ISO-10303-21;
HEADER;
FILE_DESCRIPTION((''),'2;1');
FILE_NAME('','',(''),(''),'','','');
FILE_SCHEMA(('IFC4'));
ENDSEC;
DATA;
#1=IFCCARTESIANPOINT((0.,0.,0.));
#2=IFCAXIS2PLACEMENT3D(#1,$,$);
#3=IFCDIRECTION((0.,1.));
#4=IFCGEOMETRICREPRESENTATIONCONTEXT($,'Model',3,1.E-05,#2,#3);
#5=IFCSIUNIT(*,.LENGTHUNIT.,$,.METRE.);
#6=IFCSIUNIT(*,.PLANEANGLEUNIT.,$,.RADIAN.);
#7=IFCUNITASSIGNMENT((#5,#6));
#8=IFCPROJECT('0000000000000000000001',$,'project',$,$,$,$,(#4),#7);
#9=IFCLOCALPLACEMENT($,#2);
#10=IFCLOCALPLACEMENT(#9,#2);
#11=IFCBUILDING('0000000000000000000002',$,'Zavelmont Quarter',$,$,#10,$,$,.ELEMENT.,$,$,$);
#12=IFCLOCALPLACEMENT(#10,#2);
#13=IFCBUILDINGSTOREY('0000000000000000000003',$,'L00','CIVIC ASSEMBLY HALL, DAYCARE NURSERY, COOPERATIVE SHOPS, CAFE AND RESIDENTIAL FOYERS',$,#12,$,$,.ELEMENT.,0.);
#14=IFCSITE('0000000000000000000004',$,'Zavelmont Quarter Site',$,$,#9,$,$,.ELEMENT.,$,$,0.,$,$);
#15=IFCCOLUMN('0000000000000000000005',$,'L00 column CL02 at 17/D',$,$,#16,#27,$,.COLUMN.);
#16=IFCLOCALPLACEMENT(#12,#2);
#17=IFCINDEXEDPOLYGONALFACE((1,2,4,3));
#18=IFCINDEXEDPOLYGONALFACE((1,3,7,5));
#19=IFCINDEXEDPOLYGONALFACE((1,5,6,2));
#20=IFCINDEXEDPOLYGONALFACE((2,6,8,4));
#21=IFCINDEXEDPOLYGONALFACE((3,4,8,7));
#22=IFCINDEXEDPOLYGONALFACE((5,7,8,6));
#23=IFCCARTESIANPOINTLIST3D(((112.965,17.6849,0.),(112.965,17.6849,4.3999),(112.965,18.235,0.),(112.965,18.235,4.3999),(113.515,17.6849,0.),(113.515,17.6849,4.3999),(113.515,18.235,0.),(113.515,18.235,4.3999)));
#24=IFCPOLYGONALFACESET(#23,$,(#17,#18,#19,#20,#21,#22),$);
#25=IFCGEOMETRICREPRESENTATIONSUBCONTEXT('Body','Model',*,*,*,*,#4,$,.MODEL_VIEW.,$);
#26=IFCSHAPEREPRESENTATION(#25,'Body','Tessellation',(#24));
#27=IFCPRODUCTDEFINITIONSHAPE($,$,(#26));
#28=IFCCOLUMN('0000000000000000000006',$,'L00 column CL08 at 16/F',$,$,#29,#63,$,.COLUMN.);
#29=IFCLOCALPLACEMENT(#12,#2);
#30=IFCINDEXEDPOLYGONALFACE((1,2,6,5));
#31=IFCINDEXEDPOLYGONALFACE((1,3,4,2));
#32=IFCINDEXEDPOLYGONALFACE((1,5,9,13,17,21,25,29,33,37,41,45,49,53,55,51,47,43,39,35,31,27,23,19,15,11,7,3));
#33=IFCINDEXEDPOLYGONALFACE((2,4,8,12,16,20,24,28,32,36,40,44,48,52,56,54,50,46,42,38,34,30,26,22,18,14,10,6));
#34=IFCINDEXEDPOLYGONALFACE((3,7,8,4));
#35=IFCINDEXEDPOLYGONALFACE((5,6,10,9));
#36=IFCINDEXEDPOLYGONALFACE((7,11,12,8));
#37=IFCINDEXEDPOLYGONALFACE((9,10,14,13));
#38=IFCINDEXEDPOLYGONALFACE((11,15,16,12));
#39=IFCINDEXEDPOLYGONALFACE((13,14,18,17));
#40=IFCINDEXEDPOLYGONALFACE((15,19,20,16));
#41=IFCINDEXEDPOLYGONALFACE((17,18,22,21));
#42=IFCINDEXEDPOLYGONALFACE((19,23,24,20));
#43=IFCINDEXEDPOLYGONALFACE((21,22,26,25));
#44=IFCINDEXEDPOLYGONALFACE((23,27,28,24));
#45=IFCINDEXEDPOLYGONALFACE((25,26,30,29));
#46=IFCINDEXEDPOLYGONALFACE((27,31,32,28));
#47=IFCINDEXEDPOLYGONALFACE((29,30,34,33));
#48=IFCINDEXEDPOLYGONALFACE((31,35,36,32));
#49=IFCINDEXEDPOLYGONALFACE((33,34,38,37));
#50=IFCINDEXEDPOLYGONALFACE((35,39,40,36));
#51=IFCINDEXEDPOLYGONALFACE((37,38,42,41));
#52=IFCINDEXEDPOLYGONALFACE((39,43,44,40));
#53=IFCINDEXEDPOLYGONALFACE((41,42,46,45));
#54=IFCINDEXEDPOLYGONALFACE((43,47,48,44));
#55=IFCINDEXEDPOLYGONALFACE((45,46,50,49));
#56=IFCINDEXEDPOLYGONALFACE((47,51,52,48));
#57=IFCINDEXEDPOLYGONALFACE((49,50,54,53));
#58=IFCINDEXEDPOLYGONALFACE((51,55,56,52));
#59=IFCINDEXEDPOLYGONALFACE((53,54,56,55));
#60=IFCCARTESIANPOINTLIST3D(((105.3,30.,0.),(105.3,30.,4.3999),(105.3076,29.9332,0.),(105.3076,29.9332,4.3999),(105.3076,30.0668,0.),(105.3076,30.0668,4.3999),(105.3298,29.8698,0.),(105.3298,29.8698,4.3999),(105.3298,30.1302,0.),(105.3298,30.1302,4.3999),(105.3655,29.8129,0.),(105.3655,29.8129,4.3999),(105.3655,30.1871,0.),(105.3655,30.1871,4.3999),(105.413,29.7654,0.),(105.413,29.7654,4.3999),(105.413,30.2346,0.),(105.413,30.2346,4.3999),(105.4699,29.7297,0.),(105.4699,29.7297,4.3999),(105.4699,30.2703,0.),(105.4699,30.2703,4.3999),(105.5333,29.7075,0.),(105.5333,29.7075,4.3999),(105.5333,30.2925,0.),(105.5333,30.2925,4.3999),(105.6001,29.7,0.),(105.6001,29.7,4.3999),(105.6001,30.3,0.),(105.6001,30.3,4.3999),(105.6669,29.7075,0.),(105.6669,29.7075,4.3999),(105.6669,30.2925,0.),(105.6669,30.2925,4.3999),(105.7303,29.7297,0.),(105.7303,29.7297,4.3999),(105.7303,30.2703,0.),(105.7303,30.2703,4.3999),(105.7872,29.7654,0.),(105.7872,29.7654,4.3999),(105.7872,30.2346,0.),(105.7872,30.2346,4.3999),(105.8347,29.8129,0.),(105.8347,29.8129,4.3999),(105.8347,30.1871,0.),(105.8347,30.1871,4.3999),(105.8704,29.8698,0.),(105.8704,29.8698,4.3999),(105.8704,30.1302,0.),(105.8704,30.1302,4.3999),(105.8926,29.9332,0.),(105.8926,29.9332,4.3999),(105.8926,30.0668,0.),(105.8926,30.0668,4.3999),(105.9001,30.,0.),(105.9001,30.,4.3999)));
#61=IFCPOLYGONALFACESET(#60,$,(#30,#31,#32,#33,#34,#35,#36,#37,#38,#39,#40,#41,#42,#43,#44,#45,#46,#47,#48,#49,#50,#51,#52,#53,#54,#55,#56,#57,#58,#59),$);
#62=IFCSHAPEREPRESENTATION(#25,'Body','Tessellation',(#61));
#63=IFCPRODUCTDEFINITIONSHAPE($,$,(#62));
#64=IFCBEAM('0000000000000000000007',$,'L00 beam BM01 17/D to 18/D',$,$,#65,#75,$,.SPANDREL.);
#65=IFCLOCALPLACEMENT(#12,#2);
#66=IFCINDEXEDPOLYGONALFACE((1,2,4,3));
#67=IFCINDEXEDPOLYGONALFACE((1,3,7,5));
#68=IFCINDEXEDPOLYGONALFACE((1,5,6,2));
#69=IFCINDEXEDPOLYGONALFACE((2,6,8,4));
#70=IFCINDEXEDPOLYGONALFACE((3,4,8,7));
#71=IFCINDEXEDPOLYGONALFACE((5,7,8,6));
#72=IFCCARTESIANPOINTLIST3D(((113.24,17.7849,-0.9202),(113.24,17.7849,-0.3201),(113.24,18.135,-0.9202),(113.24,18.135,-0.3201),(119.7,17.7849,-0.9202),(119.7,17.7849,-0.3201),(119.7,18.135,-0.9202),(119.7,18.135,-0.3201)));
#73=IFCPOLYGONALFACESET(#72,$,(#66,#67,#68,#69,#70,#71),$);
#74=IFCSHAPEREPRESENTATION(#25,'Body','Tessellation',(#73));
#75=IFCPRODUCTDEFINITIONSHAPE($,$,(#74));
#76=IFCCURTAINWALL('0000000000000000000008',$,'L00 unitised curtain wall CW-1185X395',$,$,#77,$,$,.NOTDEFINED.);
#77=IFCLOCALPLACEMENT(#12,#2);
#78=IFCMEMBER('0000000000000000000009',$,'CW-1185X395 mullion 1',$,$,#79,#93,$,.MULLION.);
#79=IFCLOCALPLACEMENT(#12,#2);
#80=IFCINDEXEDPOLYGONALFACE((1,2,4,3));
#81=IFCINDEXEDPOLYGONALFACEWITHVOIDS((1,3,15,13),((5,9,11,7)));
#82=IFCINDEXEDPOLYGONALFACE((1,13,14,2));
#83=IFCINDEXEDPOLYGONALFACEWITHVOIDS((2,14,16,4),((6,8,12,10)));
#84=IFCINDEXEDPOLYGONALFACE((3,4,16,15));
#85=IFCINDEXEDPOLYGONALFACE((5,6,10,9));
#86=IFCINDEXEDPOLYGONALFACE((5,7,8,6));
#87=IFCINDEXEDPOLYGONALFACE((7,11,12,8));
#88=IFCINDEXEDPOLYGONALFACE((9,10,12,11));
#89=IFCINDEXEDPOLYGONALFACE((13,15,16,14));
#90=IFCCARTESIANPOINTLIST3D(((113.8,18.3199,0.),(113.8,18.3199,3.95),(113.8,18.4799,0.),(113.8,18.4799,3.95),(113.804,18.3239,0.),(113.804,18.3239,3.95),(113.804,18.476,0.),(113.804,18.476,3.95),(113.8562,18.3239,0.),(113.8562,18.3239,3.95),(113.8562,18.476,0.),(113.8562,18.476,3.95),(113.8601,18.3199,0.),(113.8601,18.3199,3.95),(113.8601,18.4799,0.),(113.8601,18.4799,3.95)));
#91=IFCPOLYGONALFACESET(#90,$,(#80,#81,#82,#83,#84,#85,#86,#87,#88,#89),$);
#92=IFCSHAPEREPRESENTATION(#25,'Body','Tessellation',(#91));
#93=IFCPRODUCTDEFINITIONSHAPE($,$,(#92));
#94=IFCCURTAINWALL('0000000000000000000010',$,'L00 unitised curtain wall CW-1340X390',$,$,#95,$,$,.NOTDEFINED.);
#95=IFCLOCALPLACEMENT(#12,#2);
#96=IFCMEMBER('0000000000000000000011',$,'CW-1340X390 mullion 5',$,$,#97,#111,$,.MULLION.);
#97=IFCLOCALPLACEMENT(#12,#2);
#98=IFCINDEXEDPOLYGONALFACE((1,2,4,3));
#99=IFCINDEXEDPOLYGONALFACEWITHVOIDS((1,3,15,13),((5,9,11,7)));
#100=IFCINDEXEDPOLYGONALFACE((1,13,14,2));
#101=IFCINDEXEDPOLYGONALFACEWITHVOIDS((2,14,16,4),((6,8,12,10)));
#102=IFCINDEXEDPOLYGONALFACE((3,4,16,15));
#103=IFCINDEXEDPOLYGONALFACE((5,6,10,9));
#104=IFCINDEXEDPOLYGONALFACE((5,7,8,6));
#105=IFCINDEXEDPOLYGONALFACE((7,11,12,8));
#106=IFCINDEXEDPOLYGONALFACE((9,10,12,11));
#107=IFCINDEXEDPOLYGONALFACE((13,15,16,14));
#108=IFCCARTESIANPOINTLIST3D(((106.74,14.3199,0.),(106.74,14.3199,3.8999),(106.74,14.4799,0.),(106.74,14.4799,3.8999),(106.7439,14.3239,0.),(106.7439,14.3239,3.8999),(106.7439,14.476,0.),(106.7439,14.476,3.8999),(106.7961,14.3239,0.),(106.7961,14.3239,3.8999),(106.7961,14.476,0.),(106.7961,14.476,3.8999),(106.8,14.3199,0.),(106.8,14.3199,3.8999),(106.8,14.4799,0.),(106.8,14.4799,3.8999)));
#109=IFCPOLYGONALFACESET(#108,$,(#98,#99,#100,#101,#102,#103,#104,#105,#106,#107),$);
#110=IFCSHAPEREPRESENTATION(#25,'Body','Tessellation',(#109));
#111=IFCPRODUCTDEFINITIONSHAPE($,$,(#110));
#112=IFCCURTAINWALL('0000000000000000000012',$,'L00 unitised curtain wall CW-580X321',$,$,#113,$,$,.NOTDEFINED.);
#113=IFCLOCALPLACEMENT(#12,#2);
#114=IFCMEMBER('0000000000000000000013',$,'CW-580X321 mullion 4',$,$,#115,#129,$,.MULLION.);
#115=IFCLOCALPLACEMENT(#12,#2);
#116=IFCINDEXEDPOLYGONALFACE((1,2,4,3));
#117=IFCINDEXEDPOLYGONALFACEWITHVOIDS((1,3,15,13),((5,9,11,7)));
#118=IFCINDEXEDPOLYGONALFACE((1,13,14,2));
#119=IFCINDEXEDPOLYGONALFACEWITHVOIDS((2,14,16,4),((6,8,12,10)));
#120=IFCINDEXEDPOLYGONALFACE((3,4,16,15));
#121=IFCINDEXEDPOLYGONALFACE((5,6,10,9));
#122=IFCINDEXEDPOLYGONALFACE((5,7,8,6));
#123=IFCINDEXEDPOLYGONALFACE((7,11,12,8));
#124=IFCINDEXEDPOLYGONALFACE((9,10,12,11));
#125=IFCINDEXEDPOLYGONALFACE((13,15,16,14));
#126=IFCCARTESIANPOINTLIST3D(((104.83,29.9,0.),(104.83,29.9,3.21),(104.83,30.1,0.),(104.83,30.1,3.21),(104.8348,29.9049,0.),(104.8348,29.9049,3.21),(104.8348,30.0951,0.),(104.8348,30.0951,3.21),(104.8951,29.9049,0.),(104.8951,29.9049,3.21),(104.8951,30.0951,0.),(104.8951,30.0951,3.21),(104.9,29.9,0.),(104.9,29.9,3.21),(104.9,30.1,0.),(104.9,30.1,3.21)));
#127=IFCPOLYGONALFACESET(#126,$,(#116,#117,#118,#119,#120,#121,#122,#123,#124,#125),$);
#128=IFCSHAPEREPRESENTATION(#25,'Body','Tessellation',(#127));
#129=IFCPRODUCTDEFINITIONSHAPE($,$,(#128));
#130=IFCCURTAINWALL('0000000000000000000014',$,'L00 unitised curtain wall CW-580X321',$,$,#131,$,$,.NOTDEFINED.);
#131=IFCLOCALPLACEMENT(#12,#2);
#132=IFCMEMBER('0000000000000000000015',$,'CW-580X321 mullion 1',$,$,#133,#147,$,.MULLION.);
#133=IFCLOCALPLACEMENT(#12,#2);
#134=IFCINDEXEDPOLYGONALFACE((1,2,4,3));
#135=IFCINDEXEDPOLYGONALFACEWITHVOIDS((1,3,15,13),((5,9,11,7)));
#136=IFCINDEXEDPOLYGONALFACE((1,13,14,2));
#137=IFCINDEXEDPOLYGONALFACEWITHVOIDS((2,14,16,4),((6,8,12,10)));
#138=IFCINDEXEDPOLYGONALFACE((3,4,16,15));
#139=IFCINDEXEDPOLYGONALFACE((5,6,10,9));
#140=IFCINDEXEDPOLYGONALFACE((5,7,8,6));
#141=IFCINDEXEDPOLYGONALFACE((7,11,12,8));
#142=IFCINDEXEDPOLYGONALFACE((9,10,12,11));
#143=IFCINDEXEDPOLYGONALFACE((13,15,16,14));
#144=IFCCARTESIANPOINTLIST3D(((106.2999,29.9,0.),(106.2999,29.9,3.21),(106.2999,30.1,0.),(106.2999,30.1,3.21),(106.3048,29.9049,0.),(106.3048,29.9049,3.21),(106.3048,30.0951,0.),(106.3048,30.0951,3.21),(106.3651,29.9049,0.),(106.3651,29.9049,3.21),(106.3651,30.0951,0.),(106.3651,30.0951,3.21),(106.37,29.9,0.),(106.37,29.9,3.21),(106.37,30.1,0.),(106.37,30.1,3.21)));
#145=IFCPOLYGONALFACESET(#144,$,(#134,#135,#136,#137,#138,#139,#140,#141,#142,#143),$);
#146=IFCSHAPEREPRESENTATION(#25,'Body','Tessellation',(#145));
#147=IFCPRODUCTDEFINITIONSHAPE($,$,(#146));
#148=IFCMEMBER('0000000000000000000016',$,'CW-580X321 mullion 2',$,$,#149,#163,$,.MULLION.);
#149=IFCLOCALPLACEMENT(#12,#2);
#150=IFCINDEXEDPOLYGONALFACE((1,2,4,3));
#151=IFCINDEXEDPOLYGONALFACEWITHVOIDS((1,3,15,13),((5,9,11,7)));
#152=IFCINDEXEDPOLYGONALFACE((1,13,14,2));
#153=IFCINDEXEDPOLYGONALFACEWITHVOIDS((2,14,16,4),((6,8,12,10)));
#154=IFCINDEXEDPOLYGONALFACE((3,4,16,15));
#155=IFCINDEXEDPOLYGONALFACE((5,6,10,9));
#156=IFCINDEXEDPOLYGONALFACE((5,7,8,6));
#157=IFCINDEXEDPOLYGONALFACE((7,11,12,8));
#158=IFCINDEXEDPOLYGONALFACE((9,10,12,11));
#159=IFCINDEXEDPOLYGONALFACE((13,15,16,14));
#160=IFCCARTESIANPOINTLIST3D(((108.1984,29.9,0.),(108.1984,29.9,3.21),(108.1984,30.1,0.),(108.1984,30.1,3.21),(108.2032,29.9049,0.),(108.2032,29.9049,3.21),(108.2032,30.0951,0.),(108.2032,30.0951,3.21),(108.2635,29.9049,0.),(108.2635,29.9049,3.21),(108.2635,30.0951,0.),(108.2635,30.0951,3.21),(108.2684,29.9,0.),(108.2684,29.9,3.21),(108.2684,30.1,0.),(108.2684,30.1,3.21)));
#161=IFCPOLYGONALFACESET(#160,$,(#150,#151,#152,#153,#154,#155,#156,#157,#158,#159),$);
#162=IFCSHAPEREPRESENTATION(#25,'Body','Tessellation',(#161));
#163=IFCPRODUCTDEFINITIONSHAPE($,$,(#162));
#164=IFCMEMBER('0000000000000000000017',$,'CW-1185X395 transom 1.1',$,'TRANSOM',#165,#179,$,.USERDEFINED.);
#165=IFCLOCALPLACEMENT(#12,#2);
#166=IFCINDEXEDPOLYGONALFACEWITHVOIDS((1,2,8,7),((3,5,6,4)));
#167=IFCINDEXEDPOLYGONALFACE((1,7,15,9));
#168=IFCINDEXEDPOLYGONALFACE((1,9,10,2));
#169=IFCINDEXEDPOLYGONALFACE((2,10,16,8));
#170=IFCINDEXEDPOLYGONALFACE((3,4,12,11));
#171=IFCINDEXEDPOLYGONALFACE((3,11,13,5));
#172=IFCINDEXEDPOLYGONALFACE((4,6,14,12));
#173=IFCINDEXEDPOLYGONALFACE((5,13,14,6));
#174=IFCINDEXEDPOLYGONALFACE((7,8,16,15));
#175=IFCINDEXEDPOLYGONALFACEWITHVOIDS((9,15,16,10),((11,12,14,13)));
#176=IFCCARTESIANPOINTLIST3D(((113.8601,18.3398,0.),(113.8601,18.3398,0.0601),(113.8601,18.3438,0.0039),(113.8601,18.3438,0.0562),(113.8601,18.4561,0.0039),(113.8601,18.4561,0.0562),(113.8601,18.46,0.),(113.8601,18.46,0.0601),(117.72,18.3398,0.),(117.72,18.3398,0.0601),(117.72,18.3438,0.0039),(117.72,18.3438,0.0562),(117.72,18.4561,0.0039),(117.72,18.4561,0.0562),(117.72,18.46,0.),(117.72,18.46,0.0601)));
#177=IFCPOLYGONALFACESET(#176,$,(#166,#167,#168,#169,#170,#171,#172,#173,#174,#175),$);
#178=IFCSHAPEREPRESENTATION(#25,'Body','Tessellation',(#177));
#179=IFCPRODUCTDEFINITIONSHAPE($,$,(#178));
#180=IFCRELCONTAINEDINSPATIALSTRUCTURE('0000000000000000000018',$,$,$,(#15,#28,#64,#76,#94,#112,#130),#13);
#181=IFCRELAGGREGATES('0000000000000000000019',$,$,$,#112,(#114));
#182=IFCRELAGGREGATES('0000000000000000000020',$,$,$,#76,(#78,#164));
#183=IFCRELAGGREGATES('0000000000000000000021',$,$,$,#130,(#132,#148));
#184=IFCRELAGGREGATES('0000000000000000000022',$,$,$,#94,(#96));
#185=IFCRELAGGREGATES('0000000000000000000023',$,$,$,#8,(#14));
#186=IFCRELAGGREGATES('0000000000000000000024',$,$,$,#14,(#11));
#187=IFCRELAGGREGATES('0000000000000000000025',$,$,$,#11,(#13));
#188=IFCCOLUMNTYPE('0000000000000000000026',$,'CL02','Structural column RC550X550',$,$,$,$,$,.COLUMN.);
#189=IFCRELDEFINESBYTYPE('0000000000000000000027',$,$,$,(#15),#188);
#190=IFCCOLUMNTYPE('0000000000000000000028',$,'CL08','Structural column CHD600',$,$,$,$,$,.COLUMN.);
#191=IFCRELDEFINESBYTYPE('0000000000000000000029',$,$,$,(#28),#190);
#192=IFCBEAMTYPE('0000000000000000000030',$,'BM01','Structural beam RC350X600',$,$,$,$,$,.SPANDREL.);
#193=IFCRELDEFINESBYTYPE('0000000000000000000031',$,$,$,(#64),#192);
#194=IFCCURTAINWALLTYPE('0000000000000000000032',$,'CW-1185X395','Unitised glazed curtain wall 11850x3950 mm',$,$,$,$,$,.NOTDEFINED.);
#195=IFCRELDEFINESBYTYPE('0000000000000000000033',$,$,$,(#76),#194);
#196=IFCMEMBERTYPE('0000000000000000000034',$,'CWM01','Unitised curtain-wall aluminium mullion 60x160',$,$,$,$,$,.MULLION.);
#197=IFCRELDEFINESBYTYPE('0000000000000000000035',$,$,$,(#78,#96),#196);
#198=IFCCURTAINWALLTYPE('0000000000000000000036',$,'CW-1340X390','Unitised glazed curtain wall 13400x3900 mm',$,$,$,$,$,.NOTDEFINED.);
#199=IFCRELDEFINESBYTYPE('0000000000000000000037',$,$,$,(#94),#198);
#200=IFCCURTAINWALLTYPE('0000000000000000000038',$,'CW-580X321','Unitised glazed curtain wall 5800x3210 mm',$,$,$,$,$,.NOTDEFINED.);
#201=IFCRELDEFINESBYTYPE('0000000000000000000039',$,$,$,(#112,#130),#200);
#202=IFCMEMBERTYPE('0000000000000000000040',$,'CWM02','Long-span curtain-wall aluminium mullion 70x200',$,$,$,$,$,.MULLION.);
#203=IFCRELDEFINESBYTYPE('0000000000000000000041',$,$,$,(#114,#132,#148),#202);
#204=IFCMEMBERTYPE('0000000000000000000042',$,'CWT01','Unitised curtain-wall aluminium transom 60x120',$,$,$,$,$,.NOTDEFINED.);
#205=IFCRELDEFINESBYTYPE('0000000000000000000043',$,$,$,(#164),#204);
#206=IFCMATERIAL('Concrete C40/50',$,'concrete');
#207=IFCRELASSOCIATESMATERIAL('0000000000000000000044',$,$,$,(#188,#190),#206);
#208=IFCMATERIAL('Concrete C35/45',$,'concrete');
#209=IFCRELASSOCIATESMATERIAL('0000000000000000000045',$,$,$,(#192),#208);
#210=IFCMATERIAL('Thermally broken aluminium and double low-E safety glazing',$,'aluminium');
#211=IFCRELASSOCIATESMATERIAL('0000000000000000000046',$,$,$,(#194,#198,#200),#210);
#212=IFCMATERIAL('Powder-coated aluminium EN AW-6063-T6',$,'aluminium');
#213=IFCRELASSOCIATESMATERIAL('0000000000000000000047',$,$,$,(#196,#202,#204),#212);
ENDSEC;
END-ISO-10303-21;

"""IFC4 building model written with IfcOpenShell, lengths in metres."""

from ifc_helpers import new_model, si_unit, direction, frame, origin, origin_2d, place, context, subcontext, project, spatial, rectangle, hollow_rectangle, circle, extrude, material, material_profile, profile_set, type_object, element, aggregate, save


model = new_model("IFC4")

# Units and contexts
model_context = context("Model", 3, precision=1e-05, world=origin(), true_north=direction((0.0, 1.0)))
body_context = subcontext(model_context, "Body", "Model", "MODEL_VIEW")
ifc_project = project(units=[si_unit("LENGTHUNIT", "METRE"), si_unit("PLANEANGLEUNIT", "RADIAN")], contexts=[model_context])

# Site, building, storey
site_placement = place(None, origin())
site = spatial("IfcSite", under=ifc_project, at=site_placement, Name="Zavelmont Quarter Site", CompositionType="ELEMENT", RefElevation=0.0)
building_placement = place(site_placement, origin())
building = spatial("IfcBuilding", under=site, at=building_placement, Name="Zavelmont Quarter", CompositionType="ELEMENT")
storey_placement = place(building_placement, origin())
storey = spatial("IfcBuildingStorey", under=building, at=storey_placement, Name="L00", Description="CIVIC ASSEMBLY HALL, DAYCARE NURSERY, COOPERATIVE SHOPS, CAFE AND RESIDENTIAL FOYERS", CompositionType="ELEMENT", Elevation=0.0)

# Columns
ifc_material_1 = material(Name="Concrete C40/50", Category="concrete")
ifc_material_profile_1 = material_profile(ifc_material_1, rectangle(XDim=0.55, YDim=0.55, at=origin_2d()), Name="RC550X550")
ifc_profile_set_1 = profile_set([ifc_material_profile_1], Name="Concrete C40/50")
column_type_1 = type_object("IfcColumnType", Name="CL02", Description="Structural column RC550X550", PredefinedType="COLUMN", material=ifc_profile_set_1)
column_1_placement = place(storey_placement, frame((113.24, 17.96, 0.0), z_axis=(0.0, 0.0, 1.0), x_axis=(1.0, 0.0, 0.0)))
element("IfcColumn", 1, at=column_1_placement, inside=storey, type_object=column_type_1, Name="L00 column CL02 at 17/D", PredefinedType="COLUMN", context=body_context, shape_type="SweptSolid", body=[
    extrude(rectangle(XDim=0.55, YDim=0.55, at=origin_2d()), origin(), (0.0, 0.0, 1.0), 4.3999),
])
ifc_material_profile_2 = material_profile(ifc_material_1, circle(Radius=0.3, at=origin_2d()), Name="CHD600")
ifc_profile_set_2 = profile_set([ifc_material_profile_2], Name="Concrete C40/50")
column_type_2 = type_object("IfcColumnType", Name="CL08", Description="Structural column CHD600", PredefinedType="COLUMN", material=ifc_profile_set_2)
column_2_placement = place(storey_placement, frame((105.6001, 30.0, 0.0), z_axis=(0.0, 0.0, 1.0), x_axis=(1.0, 0.0, 0.0)))
element("IfcColumn", 2, at=column_2_placement, inside=storey, type_object=column_type_2, Name="L00 column CL08 at 16/F", PredefinedType="COLUMN", context=body_context, shape_type="SweptSolid", body=[
    extrude(circle(Radius=0.3, at=origin_2d()), origin(), (0.0, 0.0, 1.0), 4.3999),
])

# Beam
ifc_material_2 = material(Name="Concrete C35/45", Category="concrete")
ifc_material_profile_3 = material_profile(ifc_material_2, rectangle(XDim=0.3501, YDim=0.6001, at=origin_2d()), Name="RC350X600")
ifc_profile_set_3 = profile_set([ifc_material_profile_3], Name="Concrete C35/45")
beam_type = type_object("IfcBeamType", Name="BM01", Description="Structural beam RC350X600", PredefinedType="SPANDREL", material=ifc_profile_set_3)
beam_placement = place(storey_placement, frame((113.24, 17.96, -0.6201), z_axis=(1.0, 0.0, 0.0), x_axis=(0.0, 1.0, 0.0)))
element("IfcBeam", 3, at=beam_placement, inside=storey, type_object=beam_type, Name="L00 beam BM01 17/D to 18/D", PredefinedType="SPANDREL", context=body_context, shape_type="SweptSolid", body=[
    extrude(rectangle(XDim=0.3501, YDim=0.6001, at=origin_2d()), origin(), (0.0, 0.0, 1.0), 6.46),
])

# Curtain walls, members
ifc_material_3 = material(Name="Thermally broken aluminium and double low-E safety glazing", Category="aluminium")
curtain_wall_type_1 = type_object("IfcCurtainWallType", Name="CW-1185X395", Description="Unitised glazed curtain wall 11850x3950 mm", PredefinedType="NOTDEFINED", material=ifc_material_3)
curtain_wall_1_placement = place(storey_placement, origin())
curtain_wall_1 = element("IfcCurtainWall", 4, at=curtain_wall_1_placement, inside=storey, type_object=curtain_wall_type_1, Name="L00 unitised curtain wall CW-1185X395", PredefinedType="NOTDEFINED")
ifc_material_4 = material(Name="Powder-coated aluminium EN AW-6063-T6", Category="aluminium")
ifc_material_profile_4 = material_profile(ifc_material_4, hollow_rectangle(XDim=0.0601, YDim=0.1599, WallThickness=0.0039, at=origin_2d()), Name="CWM60X160")
ifc_profile_set_4 = profile_set([ifc_material_profile_4], Name="Powder-coated aluminium EN AW-6063-T6")
member_type_1 = type_object("IfcMemberType", Name="CWM01", Description="Unitised curtain-wall aluminium mullion 60x160", PredefinedType="MULLION", material=ifc_profile_set_4)
member_1_placement = place(storey_placement, frame((113.8301, 18.3999, 0.0), z_axis=(0.0, 0.0, 1.0), x_axis=(1.0, 0.0, 0.0)))
member_1 = element("IfcMember", 5, at=member_1_placement, type_object=member_type_1, Name="CW-1185X395 mullion 1", PredefinedType="MULLION", context=body_context, shape_type="SweptSolid", body=[
    extrude(hollow_rectangle(XDim=0.0601, YDim=0.1599, WallThickness=0.0039, at=origin_2d()), origin(), (0.0, 0.0, 1.0), 3.95),
])
curtain_wall_type_2 = type_object("IfcCurtainWallType", Name="CW-1340X390", Description="Unitised glazed curtain wall 13400x3900 mm", PredefinedType="NOTDEFINED", material=ifc_material_3)
curtain_wall_2_placement = place(storey_placement, origin())
curtain_wall_2 = element("IfcCurtainWall", 6, at=curtain_wall_2_placement, inside=storey, type_object=curtain_wall_type_2, Name="L00 unitised curtain wall CW-1340X390", PredefinedType="NOTDEFINED")
member_2_placement = place(storey_placement, frame((106.77, 14.3999, 0.0), z_axis=(0.0, 0.0, 1.0), x_axis=(1.0, 0.0, 0.0)))
member_2 = element("IfcMember", 7, at=member_2_placement, type_object=member_type_1, Name="CW-1340X390 mullion 5", PredefinedType="MULLION", context=body_context, shape_type="SweptSolid", body=[
    extrude(hollow_rectangle(XDim=0.0601, YDim=0.1599, WallThickness=0.0039, at=origin_2d()), origin(), (0.0, 0.0, 1.0), 3.8999),
])
curtain_wall_type_3 = type_object("IfcCurtainWallType", Name="CW-580X321", Description="Unitised glazed curtain wall 5800x3210 mm", PredefinedType="NOTDEFINED", material=ifc_material_3)
curtain_wall_3_placement = place(storey_placement, origin())
curtain_wall_3 = element("IfcCurtainWall", 8, at=curtain_wall_3_placement, inside=storey, type_object=curtain_wall_type_3, Name="L00 unitised curtain wall CW-580X321", PredefinedType="NOTDEFINED")
ifc_material_profile_5 = material_profile(ifc_material_4, hollow_rectangle(XDim=0.0701, YDim=0.2, WallThickness=0.0049, at=origin_2d()), Name="CWM70X200")
ifc_profile_set_5 = profile_set([ifc_material_profile_5], Name="Powder-coated aluminium EN AW-6063-T6")
member_type_2 = type_object("IfcMemberType", Name="CWM02", Description="Long-span curtain-wall aluminium mullion 70x200", PredefinedType="MULLION", material=ifc_profile_set_5)
member_3_placement = place(storey_placement, frame((104.865, 30.0, 0.0), z_axis=(0.0, 0.0, 1.0), x_axis=(1.0, 0.0, 0.0)))
member_3 = element("IfcMember", 9, at=member_3_placement, type_object=member_type_2, Name="CW-580X321 mullion 4", PredefinedType="MULLION", context=body_context, shape_type="SweptSolid", body=[
    extrude(hollow_rectangle(XDim=0.0701, YDim=0.2, WallThickness=0.0049, at=origin_2d()), origin(), (0.0, 0.0, 1.0), 3.21),
])
aggregate(curtain_wall_3, [member_3])

# Curtain wall, members
curtain_wall_4_placement = place(storey_placement, origin())
curtain_wall_4 = element("IfcCurtainWall", 10, at=curtain_wall_4_placement, inside=storey, type_object=curtain_wall_type_3, Name="L00 unitised curtain wall CW-580X321", PredefinedType="NOTDEFINED")
member_4_placement = place(storey_placement, frame((106.335, 30.0, 0.0), z_axis=(0.0, 0.0, 1.0), x_axis=(1.0, 0.0, 0.0)))
member_4 = element("IfcMember", 11, at=member_4_placement, type_object=member_type_2, Name="CW-580X321 mullion 1", PredefinedType="MULLION", context=body_context, shape_type="SweptSolid", body=[
    extrude(hollow_rectangle(XDim=0.0701, YDim=0.2, WallThickness=0.0049, at=origin_2d()), origin(), (0.0, 0.0, 1.0), 3.21),
])
member_5_placement = place(storey_placement, frame((108.2334, 30.0, 0.0), z_axis=(0.0, 0.0, 1.0), x_axis=(1.0, 0.0, 0.0)))
member_5 = element("IfcMember", 12, at=member_5_placement, type_object=member_type_2, Name="CW-580X321 mullion 2", PredefinedType="MULLION", context=body_context, shape_type="SweptSolid", body=[
    extrude(hollow_rectangle(XDim=0.0701, YDim=0.2, WallThickness=0.0049, at=origin_2d()), origin(), (0.0, 0.0, 1.0), 3.21),
])

# Member
ifc_material_profile_6 = material_profile(ifc_material_4, hollow_rectangle(XDim=0.1201, YDim=0.0601, WallThickness=0.0039, at=origin_2d()), Name="CWT60X120")
ifc_profile_set_6 = profile_set([ifc_material_profile_6], Name="Powder-coated aluminium EN AW-6063-T6")
member_type_3 = type_object("IfcMemberType", Name="CWT01", Description="Unitised curtain-wall aluminium transom 60x120", PredefinedType="NOTDEFINED", material=ifc_profile_set_6)
member_6_placement = place(storey_placement, frame((113.8601, 18.3999, 0.03), z_axis=(1.0, 0.0, 0.0), x_axis=(0.0, 1.0, 0.0)))
member_6 = element("IfcMember", 13, at=member_6_placement, type_object=member_type_3, Name="CW-1185X395 transom 1.1", ObjectType="TRANSOM", PredefinedType="USERDEFINED", context=body_context, shape_type="SweptSolid", body=[
    extrude(hollow_rectangle(XDim=0.1201, YDim=0.0601, WallThickness=0.0039, at=origin_2d()), origin(), (0.0, 0.0, 1.0), 3.8599),
])
aggregate(curtain_wall_1, [member_1, member_6])

aggregate(curtain_wall_4, [member_4, member_5])
aggregate(curtain_wall_2, [member_2])

save(model, "model.ifc")
